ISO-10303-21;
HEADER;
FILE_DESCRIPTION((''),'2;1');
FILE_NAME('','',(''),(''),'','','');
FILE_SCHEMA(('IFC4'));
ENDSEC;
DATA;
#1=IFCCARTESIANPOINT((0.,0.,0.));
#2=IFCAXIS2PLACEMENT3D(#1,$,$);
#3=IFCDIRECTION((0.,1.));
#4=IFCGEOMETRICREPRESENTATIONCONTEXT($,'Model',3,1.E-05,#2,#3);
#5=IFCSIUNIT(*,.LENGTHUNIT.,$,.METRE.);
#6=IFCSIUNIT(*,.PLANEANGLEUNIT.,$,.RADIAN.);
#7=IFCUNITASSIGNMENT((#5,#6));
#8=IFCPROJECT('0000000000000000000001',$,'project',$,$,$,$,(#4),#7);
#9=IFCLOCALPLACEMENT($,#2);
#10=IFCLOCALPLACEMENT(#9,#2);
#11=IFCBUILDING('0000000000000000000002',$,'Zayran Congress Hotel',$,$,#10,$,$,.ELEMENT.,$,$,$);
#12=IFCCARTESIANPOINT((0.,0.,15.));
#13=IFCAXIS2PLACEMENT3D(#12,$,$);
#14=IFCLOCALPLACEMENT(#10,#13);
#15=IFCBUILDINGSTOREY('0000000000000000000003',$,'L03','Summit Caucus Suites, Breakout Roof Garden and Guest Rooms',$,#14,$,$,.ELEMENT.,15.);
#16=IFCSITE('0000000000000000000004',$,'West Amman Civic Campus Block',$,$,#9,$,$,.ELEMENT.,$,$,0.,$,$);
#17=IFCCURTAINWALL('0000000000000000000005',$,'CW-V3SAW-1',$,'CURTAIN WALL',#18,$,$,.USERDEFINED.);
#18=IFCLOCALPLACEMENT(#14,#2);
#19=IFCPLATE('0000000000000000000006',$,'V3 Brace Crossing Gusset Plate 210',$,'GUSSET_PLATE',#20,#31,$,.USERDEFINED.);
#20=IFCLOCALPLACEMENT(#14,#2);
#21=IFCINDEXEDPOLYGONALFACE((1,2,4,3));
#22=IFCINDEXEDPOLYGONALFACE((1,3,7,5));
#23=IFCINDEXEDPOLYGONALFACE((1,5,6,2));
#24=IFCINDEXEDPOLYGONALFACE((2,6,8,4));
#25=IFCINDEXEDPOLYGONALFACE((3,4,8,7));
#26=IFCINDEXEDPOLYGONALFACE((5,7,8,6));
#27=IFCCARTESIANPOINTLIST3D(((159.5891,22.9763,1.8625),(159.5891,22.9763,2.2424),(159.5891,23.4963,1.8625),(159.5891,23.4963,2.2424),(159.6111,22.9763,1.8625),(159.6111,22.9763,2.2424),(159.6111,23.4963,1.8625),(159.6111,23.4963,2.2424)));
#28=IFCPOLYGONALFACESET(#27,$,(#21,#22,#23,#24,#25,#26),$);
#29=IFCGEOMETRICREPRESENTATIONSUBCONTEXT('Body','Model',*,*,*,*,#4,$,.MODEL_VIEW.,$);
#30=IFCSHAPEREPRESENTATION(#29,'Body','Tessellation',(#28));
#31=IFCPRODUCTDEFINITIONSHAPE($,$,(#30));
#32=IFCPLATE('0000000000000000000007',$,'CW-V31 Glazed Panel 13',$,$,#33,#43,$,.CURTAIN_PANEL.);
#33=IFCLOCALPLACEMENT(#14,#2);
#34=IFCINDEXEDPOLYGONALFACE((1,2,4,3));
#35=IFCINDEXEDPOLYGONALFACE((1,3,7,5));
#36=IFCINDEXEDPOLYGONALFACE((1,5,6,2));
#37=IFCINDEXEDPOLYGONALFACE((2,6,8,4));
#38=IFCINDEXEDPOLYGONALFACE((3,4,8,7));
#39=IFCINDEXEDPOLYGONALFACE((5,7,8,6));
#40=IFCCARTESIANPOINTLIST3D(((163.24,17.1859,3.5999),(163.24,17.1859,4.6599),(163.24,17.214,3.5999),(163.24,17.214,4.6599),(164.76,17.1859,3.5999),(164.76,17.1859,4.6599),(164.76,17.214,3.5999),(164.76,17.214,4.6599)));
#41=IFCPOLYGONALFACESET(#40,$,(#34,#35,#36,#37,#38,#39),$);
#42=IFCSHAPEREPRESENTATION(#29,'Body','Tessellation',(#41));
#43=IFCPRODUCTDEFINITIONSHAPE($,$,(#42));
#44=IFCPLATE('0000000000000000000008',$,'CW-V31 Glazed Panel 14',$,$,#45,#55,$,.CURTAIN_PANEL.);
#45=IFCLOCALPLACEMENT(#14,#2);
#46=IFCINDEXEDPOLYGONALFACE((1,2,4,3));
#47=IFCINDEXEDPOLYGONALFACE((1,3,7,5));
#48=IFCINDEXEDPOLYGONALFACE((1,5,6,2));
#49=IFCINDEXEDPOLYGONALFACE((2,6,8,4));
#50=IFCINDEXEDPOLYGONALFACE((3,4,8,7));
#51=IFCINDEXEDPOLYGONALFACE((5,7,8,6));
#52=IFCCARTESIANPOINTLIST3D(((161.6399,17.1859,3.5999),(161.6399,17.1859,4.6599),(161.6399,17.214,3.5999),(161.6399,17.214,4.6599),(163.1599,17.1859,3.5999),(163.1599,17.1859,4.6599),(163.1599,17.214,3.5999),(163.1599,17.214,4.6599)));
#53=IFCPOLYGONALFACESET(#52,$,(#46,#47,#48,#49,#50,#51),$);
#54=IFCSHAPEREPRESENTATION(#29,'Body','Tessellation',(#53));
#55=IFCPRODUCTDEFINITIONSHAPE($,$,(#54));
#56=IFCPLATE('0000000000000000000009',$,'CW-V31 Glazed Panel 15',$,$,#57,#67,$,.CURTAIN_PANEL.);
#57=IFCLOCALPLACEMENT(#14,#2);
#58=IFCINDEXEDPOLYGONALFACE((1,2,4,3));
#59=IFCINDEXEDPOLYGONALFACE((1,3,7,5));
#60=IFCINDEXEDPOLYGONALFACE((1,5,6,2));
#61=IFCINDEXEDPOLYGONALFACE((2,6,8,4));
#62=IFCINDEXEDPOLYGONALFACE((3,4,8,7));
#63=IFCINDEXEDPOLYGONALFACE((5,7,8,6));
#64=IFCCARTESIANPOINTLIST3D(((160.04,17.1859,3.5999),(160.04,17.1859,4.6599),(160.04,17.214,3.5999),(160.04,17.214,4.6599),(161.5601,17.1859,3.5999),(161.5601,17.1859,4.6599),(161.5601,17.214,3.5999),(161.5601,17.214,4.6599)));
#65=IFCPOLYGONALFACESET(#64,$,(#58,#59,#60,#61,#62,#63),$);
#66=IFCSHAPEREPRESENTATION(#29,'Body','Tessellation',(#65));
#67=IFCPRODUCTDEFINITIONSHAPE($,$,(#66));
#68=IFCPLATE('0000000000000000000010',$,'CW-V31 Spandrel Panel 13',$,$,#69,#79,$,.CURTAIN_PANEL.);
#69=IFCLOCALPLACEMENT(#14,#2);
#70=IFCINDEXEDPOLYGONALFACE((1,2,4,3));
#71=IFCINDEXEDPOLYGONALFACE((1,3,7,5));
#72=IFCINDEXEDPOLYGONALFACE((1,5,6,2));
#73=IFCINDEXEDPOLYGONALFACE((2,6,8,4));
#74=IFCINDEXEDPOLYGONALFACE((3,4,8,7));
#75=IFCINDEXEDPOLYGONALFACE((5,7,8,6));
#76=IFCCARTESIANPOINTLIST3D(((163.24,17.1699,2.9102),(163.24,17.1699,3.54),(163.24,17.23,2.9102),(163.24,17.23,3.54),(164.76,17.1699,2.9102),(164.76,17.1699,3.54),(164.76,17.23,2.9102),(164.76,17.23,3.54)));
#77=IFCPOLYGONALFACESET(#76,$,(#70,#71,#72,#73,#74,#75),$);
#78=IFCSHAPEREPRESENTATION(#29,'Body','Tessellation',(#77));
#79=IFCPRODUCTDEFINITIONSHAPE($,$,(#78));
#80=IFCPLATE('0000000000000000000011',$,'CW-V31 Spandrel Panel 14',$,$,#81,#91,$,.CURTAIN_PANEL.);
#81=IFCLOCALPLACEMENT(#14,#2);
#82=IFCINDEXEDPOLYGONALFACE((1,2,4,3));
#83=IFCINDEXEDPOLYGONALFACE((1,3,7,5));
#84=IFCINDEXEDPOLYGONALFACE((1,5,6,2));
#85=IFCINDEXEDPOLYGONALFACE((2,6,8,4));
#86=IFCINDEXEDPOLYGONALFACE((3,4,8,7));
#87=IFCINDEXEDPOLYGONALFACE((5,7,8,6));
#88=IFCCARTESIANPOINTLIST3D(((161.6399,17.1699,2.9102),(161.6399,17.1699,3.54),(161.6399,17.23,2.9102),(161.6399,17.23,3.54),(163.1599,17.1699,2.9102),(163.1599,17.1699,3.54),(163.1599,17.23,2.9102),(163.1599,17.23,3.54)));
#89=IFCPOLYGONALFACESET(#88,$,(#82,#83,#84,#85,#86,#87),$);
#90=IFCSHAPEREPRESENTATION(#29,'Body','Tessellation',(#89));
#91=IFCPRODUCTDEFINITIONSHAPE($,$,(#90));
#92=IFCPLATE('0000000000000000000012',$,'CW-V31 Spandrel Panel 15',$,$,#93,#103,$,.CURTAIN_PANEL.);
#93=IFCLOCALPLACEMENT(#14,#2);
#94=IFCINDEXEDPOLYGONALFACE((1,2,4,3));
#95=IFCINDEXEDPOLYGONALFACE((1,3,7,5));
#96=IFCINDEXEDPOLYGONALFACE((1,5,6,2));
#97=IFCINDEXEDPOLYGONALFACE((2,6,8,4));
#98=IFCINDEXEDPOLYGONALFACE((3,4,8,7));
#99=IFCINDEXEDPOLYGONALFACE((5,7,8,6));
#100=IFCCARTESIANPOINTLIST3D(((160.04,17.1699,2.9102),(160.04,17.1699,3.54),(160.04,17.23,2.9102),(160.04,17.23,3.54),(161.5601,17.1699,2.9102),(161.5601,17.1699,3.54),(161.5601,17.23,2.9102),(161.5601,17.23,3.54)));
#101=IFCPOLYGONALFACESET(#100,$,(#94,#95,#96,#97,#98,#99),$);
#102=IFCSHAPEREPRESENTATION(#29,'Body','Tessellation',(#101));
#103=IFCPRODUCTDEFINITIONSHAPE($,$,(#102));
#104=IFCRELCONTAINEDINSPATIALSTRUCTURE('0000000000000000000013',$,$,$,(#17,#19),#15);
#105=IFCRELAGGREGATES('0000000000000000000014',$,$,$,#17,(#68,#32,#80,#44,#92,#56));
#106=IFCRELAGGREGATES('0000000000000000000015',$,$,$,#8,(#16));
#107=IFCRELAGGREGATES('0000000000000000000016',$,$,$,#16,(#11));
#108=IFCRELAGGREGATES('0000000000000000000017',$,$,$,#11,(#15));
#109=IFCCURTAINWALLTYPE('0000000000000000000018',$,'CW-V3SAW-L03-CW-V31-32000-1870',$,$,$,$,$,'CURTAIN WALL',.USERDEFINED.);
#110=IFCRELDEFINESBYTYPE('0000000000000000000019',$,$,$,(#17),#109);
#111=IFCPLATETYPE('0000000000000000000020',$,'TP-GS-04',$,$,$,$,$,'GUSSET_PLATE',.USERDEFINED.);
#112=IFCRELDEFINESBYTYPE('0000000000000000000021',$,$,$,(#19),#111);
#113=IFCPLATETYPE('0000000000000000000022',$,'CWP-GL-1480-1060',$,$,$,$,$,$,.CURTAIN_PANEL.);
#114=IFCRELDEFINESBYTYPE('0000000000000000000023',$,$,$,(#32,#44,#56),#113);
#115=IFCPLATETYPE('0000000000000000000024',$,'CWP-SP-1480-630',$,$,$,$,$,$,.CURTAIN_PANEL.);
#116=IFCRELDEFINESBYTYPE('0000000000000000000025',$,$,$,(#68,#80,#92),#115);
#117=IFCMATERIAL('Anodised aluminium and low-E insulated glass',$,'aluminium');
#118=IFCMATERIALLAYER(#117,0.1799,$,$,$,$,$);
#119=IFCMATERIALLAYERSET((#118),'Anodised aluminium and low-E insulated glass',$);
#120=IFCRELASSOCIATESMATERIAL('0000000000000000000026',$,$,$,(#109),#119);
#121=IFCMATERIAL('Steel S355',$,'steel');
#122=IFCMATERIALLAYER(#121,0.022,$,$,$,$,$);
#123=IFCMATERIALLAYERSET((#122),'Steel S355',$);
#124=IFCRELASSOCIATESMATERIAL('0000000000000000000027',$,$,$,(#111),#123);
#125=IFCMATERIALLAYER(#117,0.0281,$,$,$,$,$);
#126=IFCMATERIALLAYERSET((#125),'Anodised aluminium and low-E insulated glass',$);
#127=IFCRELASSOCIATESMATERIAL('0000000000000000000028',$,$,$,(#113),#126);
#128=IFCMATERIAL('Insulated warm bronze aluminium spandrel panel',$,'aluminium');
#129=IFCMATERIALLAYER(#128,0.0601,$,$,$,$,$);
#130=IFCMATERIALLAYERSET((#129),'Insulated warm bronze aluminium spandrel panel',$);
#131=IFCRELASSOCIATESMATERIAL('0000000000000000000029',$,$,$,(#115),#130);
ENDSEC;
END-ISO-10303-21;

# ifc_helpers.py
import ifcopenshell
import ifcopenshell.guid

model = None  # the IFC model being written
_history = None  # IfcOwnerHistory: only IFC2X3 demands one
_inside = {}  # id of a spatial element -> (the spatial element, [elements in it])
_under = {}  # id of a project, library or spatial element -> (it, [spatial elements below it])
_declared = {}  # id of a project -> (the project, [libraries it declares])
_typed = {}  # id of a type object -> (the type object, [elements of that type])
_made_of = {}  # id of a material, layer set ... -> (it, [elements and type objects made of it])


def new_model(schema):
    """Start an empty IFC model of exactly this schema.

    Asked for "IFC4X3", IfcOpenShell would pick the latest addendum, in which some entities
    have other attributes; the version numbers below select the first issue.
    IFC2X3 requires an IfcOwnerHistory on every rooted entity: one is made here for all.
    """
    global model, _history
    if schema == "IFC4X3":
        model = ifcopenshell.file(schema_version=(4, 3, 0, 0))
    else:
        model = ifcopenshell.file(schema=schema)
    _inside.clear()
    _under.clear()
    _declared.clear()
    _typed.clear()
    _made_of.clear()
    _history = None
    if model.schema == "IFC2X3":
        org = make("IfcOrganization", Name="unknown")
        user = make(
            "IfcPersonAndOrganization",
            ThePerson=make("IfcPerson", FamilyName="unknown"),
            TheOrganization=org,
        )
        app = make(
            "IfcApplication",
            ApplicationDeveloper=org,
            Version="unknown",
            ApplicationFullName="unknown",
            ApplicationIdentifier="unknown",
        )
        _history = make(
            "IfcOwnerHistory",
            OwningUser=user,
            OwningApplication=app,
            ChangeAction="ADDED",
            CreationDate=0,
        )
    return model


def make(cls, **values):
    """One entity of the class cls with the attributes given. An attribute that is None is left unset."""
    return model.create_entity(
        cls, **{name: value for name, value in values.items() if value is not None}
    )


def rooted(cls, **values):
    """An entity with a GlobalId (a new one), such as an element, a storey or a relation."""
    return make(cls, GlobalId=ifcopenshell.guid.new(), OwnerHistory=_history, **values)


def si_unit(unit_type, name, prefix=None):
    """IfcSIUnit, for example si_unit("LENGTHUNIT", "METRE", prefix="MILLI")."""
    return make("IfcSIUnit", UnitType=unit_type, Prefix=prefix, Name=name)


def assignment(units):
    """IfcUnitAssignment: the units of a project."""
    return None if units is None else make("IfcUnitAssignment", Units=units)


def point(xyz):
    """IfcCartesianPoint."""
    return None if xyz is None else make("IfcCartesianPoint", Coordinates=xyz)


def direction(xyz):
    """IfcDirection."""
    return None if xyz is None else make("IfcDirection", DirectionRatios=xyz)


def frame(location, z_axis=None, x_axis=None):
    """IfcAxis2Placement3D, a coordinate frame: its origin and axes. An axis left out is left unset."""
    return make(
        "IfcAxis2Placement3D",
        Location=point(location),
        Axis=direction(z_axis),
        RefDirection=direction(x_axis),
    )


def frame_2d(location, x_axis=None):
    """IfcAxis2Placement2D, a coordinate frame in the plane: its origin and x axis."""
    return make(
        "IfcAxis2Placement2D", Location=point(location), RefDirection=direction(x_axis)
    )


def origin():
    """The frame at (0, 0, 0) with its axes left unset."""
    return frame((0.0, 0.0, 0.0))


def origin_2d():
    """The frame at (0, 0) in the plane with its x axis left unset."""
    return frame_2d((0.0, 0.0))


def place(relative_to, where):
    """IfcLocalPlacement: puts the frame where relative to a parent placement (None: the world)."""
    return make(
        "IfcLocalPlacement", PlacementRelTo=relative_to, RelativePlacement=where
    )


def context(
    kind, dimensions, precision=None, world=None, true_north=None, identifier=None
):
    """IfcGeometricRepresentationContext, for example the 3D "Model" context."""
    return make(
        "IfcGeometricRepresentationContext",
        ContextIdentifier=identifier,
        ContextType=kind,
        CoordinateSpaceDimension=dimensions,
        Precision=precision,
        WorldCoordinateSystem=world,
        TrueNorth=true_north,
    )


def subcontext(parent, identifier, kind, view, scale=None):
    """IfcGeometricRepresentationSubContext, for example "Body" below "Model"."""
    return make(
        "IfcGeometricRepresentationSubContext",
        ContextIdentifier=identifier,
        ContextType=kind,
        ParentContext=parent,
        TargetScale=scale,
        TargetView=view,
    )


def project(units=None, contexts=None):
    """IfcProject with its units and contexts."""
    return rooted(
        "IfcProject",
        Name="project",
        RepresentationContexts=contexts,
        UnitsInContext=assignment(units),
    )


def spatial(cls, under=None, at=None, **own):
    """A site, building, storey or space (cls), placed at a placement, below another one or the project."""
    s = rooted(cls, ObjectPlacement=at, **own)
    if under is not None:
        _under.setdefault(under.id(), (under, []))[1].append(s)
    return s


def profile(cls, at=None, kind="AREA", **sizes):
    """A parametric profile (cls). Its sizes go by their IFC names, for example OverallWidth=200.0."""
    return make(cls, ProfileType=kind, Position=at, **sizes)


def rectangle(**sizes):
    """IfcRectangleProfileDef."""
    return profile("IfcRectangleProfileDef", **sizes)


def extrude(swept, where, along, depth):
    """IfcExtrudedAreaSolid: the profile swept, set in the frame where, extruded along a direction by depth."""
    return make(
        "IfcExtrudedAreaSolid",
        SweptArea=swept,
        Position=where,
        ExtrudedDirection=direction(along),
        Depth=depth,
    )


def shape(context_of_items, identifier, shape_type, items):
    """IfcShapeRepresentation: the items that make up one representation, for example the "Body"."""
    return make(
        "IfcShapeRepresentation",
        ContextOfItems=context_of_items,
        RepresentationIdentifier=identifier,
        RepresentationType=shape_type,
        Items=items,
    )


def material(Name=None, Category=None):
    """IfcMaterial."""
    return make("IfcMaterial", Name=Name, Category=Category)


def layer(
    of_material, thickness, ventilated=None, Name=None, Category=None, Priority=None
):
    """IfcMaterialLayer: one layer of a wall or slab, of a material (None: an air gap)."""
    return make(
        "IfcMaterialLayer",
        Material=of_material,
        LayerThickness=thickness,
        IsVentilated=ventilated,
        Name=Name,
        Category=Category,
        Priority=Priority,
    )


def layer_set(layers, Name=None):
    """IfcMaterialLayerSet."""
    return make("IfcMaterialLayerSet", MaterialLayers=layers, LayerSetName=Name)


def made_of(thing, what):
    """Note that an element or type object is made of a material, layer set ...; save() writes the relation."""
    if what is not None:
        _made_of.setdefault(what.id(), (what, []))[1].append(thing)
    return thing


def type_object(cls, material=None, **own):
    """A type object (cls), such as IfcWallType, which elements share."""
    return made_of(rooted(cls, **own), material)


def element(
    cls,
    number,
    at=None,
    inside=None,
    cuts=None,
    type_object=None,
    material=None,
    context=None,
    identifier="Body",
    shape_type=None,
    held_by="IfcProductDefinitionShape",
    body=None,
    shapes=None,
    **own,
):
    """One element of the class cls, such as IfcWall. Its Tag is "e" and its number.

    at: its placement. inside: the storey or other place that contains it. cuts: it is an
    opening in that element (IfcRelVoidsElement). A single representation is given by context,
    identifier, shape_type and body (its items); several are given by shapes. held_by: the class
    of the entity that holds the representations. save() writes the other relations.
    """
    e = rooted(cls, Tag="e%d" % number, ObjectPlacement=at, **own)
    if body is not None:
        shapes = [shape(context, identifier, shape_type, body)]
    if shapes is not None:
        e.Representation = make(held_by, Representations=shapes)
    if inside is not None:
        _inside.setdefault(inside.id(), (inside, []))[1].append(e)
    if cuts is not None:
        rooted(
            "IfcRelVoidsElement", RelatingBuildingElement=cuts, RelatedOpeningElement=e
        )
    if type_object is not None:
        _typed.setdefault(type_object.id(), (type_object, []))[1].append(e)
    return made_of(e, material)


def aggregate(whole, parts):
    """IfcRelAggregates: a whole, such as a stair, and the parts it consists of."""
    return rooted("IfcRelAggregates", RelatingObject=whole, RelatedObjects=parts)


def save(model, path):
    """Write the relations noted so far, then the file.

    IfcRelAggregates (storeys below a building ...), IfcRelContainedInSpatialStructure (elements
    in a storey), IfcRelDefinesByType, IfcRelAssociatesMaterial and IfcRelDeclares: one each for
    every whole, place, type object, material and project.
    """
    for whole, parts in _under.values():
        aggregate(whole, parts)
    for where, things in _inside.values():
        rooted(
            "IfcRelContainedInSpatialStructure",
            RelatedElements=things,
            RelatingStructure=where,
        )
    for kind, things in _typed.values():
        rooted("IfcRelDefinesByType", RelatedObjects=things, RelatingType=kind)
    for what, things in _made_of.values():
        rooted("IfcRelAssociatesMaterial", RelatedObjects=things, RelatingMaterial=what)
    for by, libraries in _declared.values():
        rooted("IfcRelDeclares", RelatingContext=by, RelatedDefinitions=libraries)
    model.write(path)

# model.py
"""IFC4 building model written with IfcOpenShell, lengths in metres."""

from ifc_helpers import new_model, si_unit, direction, frame, origin, origin_2d, place, context, subcontext, project, spatial, rectangle, extrude, material, layer, layer_set, type_object, element, aggregate, save


model = new_model("IFC4")

# Units and contexts
model_context = context("Model", 3, precision=1e-05, world=origin(), true_north=direction((0.0, 1.0)))
body_context = subcontext(model_context, "Body", "Model", "MODEL_VIEW")
ifc_project = project(units=[si_unit("LENGTHUNIT", "METRE"), si_unit("PLANEANGLEUNIT", "RADIAN")], contexts=[model_context])

# Site, building, storey
site_placement = place(None, origin())
site = spatial("IfcSite", under=ifc_project, at=site_placement, Name="West Amman Civic Campus Block", CompositionType="ELEMENT", RefElevation=0.0)
building_placement = place(site_placement, origin())
building = spatial("IfcBuilding", under=site, at=building_placement, Name="Zayran Congress Hotel", CompositionType="ELEMENT")
storey_placement = place(building_placement, frame((0.0, 0.0, 15.0)))
storey = spatial("IfcBuildingStorey", under=building, at=storey_placement, Name="L03", Description="Summit Caucus Suites, Breakout Roof Garden and Guest Rooms", CompositionType="ELEMENT", Elevation=15.0)

# Shared definitions
ifc_material_1 = material(Name="Steel S355", Category="steel")

# Curtain wall
ifc_material_2 = material(Name="Anodised aluminium and low-E insulated glass", Category="aluminium")
ifc_layer_1 = layer(ifc_material_2, 0.1799)
ifc_layer_set_1 = layer_set([ifc_layer_1], Name="Anodised aluminium and low-E insulated glass")
curtain_wall_type = type_object("IfcCurtainWallType", Name="CW-V3SAW-L03-CW-V31-32000-1870", ElementType="CURTAIN WALL", PredefinedType="USERDEFINED", material=ifc_layer_set_1)
curtain_wall_placement = place(storey_placement, origin())
curtain_wall = element("IfcCurtainWall", 1, at=curtain_wall_placement, inside=storey, type_object=curtain_wall_type, Name="CW-V3SAW-1", ObjectType="CURTAIN WALL", PredefinedType="USERDEFINED")

# Plate
ifc_layer_2 = layer(ifc_material_1, 0.022)
ifc_layer_set_2 = layer_set([ifc_layer_2], Name="Steel S355")
plate_type_1 = type_object("IfcPlateType", Name="TP-GS-04", ElementType="GUSSET_PLATE", PredefinedType="USERDEFINED", material=ifc_layer_set_2)
for number, where, z_axis, x_axis, name in (
    (2, (159.6001, 23.2363, 1.8625), (0.0, 0.0, 1.0), (0.0, 1.0, 0.0), "V3 Brace Crossing Gusset Plate 210"),
):
    element("IfcPlate", number, at=place(storey_placement, frame(where, z_axis=z_axis, x_axis=x_axis)), inside=storey, type_object=plate_type_1, Name=name, ObjectType="GUSSET_PLATE", PredefinedType="USERDEFINED", context=body_context, shape_type="SweptSolid", body=[
        extrude(rectangle(XDim=0.52, YDim=0.022, at=origin_2d()), origin(), (0.0, 0.0, 1.0), 0.3799),
    ])

# Plates
ifc_layer_3 = layer(ifc_material_2, 0.0281)
ifc_layer_set_3 = layer_set([ifc_layer_3], Name="Anodised aluminium and low-E insulated glass")
plate_type_2 = type_object("IfcPlateType", Name="CWP-GL-1480-1060", PredefinedType="CURTAIN_PANEL", material=ifc_layer_set_3)
plate_1_placement = place(storey_placement, frame((164.0, 17.2, 3.5999), z_axis=(0.0, 0.0, 1.0), x_axis=(1.0, 0.0, 0.0)))
plate_1 = element("IfcPlate", 3, at=plate_1_placement, type_object=plate_type_2, Name="CW-V31 Glazed Panel 13", PredefinedType="CURTAIN_PANEL", context=body_context, shape_type="SweptSolid", body=[
    extrude(rectangle(XDim=1.52, YDim=0.0281, at=origin_2d()), origin(), (0.0, 0.0, 1.0), 1.0601),
])
plate_2_placement = place(storey_placement, frame((162.3999, 17.2, 3.5999), z_axis=(0.0, 0.0, 1.0), x_axis=(1.0, 0.0, 0.0)))
plate_2 = element("IfcPlate", 4, at=plate_2_placement, type_object=plate_type_2, Name="CW-V31 Glazed Panel 14", PredefinedType="CURTAIN_PANEL", context=body_context, shape_type="SweptSolid", body=[
    extrude(rectangle(XDim=1.52, YDim=0.0281, at=origin_2d()), origin(), (0.0, 0.0, 1.0), 1.0601),
])
plate_3_placement = place(storey_placement, frame((160.8, 17.2, 3.5999), z_axis=(0.0, 0.0, 1.0), x_axis=(1.0, 0.0, 0.0)))
plate_3 = element("IfcPlate", 5, at=plate_3_placement, type_object=plate_type_2, Name="CW-V31 Glazed Panel 15", PredefinedType="CURTAIN_PANEL", context=body_context, shape_type="SweptSolid", body=[
    extrude(rectangle(XDim=1.52, YDim=0.0281, at=origin_2d()), origin(), (0.0, 0.0, 1.0), 1.0601),
])
ifc_material_3 = material(Name="Insulated warm bronze aluminium spandrel panel", Category="aluminium")
ifc_layer_4 = layer(ifc_material_3, 0.0601)
ifc_layer_set_4 = layer_set([ifc_layer_4], Name="Insulated warm bronze aluminium spandrel panel")
plate_type_3 = type_object("IfcPlateType", Name="CWP-SP-1480-630", PredefinedType="CURTAIN_PANEL", material=ifc_layer_set_4)
plate_4_placement = place(storey_placement, frame((164.0, 17.2, 2.9102), z_axis=(0.0, 0.0, 1.0), x_axis=(1.0, 0.0, 0.0)))
plate_4 = element("IfcPlate", 6, at=plate_4_placement, type_object=plate_type_3, Name="CW-V31 Spandrel Panel 13", PredefinedType="CURTAIN_PANEL", context=body_context, shape_type="SweptSolid", body=[
    extrude(rectangle(XDim=1.52, YDim=0.0601, at=origin_2d()), origin(), (0.0, 0.0, 1.0), 0.6299),
])
plate_5_placement = place(storey_placement, frame((162.3999, 17.2, 2.9102), z_axis=(0.0, 0.0, 1.0), x_axis=(1.0, 0.0, 0.0)))
plate_5 = element("IfcPlate", 7, at=plate_5_placement, type_object=plate_type_3, Name="CW-V31 Spandrel Panel 14", PredefinedType="CURTAIN_PANEL", context=body_context, shape_type="SweptSolid", body=[
    extrude(rectangle(XDim=1.52, YDim=0.0601, at=origin_2d()), origin(), (0.0, 0.0, 1.0), 0.6299),
])
plate_6_placement = place(storey_placement, frame((160.8, 17.2, 2.9102), z_axis=(0.0, 0.0, 1.0), x_axis=(1.0, 0.0, 0.0)))
plate_6 = element("IfcPlate", 8, at=plate_6_placement, type_object=plate_type_3, Name="CW-V31 Spandrel Panel 15", PredefinedType="CURTAIN_PANEL", context=body_context, shape_type="SweptSolid", body=[
    extrude(rectangle(XDim=1.52, YDim=0.0601, at=origin_2d()), origin(), (0.0, 0.0, 1.0), 0.6299),
])
aggregate(curtain_wall, [plate_4, plate_1, plate_5, plate_2, plate_6, plate_3])

save(model, "model.ifc")
